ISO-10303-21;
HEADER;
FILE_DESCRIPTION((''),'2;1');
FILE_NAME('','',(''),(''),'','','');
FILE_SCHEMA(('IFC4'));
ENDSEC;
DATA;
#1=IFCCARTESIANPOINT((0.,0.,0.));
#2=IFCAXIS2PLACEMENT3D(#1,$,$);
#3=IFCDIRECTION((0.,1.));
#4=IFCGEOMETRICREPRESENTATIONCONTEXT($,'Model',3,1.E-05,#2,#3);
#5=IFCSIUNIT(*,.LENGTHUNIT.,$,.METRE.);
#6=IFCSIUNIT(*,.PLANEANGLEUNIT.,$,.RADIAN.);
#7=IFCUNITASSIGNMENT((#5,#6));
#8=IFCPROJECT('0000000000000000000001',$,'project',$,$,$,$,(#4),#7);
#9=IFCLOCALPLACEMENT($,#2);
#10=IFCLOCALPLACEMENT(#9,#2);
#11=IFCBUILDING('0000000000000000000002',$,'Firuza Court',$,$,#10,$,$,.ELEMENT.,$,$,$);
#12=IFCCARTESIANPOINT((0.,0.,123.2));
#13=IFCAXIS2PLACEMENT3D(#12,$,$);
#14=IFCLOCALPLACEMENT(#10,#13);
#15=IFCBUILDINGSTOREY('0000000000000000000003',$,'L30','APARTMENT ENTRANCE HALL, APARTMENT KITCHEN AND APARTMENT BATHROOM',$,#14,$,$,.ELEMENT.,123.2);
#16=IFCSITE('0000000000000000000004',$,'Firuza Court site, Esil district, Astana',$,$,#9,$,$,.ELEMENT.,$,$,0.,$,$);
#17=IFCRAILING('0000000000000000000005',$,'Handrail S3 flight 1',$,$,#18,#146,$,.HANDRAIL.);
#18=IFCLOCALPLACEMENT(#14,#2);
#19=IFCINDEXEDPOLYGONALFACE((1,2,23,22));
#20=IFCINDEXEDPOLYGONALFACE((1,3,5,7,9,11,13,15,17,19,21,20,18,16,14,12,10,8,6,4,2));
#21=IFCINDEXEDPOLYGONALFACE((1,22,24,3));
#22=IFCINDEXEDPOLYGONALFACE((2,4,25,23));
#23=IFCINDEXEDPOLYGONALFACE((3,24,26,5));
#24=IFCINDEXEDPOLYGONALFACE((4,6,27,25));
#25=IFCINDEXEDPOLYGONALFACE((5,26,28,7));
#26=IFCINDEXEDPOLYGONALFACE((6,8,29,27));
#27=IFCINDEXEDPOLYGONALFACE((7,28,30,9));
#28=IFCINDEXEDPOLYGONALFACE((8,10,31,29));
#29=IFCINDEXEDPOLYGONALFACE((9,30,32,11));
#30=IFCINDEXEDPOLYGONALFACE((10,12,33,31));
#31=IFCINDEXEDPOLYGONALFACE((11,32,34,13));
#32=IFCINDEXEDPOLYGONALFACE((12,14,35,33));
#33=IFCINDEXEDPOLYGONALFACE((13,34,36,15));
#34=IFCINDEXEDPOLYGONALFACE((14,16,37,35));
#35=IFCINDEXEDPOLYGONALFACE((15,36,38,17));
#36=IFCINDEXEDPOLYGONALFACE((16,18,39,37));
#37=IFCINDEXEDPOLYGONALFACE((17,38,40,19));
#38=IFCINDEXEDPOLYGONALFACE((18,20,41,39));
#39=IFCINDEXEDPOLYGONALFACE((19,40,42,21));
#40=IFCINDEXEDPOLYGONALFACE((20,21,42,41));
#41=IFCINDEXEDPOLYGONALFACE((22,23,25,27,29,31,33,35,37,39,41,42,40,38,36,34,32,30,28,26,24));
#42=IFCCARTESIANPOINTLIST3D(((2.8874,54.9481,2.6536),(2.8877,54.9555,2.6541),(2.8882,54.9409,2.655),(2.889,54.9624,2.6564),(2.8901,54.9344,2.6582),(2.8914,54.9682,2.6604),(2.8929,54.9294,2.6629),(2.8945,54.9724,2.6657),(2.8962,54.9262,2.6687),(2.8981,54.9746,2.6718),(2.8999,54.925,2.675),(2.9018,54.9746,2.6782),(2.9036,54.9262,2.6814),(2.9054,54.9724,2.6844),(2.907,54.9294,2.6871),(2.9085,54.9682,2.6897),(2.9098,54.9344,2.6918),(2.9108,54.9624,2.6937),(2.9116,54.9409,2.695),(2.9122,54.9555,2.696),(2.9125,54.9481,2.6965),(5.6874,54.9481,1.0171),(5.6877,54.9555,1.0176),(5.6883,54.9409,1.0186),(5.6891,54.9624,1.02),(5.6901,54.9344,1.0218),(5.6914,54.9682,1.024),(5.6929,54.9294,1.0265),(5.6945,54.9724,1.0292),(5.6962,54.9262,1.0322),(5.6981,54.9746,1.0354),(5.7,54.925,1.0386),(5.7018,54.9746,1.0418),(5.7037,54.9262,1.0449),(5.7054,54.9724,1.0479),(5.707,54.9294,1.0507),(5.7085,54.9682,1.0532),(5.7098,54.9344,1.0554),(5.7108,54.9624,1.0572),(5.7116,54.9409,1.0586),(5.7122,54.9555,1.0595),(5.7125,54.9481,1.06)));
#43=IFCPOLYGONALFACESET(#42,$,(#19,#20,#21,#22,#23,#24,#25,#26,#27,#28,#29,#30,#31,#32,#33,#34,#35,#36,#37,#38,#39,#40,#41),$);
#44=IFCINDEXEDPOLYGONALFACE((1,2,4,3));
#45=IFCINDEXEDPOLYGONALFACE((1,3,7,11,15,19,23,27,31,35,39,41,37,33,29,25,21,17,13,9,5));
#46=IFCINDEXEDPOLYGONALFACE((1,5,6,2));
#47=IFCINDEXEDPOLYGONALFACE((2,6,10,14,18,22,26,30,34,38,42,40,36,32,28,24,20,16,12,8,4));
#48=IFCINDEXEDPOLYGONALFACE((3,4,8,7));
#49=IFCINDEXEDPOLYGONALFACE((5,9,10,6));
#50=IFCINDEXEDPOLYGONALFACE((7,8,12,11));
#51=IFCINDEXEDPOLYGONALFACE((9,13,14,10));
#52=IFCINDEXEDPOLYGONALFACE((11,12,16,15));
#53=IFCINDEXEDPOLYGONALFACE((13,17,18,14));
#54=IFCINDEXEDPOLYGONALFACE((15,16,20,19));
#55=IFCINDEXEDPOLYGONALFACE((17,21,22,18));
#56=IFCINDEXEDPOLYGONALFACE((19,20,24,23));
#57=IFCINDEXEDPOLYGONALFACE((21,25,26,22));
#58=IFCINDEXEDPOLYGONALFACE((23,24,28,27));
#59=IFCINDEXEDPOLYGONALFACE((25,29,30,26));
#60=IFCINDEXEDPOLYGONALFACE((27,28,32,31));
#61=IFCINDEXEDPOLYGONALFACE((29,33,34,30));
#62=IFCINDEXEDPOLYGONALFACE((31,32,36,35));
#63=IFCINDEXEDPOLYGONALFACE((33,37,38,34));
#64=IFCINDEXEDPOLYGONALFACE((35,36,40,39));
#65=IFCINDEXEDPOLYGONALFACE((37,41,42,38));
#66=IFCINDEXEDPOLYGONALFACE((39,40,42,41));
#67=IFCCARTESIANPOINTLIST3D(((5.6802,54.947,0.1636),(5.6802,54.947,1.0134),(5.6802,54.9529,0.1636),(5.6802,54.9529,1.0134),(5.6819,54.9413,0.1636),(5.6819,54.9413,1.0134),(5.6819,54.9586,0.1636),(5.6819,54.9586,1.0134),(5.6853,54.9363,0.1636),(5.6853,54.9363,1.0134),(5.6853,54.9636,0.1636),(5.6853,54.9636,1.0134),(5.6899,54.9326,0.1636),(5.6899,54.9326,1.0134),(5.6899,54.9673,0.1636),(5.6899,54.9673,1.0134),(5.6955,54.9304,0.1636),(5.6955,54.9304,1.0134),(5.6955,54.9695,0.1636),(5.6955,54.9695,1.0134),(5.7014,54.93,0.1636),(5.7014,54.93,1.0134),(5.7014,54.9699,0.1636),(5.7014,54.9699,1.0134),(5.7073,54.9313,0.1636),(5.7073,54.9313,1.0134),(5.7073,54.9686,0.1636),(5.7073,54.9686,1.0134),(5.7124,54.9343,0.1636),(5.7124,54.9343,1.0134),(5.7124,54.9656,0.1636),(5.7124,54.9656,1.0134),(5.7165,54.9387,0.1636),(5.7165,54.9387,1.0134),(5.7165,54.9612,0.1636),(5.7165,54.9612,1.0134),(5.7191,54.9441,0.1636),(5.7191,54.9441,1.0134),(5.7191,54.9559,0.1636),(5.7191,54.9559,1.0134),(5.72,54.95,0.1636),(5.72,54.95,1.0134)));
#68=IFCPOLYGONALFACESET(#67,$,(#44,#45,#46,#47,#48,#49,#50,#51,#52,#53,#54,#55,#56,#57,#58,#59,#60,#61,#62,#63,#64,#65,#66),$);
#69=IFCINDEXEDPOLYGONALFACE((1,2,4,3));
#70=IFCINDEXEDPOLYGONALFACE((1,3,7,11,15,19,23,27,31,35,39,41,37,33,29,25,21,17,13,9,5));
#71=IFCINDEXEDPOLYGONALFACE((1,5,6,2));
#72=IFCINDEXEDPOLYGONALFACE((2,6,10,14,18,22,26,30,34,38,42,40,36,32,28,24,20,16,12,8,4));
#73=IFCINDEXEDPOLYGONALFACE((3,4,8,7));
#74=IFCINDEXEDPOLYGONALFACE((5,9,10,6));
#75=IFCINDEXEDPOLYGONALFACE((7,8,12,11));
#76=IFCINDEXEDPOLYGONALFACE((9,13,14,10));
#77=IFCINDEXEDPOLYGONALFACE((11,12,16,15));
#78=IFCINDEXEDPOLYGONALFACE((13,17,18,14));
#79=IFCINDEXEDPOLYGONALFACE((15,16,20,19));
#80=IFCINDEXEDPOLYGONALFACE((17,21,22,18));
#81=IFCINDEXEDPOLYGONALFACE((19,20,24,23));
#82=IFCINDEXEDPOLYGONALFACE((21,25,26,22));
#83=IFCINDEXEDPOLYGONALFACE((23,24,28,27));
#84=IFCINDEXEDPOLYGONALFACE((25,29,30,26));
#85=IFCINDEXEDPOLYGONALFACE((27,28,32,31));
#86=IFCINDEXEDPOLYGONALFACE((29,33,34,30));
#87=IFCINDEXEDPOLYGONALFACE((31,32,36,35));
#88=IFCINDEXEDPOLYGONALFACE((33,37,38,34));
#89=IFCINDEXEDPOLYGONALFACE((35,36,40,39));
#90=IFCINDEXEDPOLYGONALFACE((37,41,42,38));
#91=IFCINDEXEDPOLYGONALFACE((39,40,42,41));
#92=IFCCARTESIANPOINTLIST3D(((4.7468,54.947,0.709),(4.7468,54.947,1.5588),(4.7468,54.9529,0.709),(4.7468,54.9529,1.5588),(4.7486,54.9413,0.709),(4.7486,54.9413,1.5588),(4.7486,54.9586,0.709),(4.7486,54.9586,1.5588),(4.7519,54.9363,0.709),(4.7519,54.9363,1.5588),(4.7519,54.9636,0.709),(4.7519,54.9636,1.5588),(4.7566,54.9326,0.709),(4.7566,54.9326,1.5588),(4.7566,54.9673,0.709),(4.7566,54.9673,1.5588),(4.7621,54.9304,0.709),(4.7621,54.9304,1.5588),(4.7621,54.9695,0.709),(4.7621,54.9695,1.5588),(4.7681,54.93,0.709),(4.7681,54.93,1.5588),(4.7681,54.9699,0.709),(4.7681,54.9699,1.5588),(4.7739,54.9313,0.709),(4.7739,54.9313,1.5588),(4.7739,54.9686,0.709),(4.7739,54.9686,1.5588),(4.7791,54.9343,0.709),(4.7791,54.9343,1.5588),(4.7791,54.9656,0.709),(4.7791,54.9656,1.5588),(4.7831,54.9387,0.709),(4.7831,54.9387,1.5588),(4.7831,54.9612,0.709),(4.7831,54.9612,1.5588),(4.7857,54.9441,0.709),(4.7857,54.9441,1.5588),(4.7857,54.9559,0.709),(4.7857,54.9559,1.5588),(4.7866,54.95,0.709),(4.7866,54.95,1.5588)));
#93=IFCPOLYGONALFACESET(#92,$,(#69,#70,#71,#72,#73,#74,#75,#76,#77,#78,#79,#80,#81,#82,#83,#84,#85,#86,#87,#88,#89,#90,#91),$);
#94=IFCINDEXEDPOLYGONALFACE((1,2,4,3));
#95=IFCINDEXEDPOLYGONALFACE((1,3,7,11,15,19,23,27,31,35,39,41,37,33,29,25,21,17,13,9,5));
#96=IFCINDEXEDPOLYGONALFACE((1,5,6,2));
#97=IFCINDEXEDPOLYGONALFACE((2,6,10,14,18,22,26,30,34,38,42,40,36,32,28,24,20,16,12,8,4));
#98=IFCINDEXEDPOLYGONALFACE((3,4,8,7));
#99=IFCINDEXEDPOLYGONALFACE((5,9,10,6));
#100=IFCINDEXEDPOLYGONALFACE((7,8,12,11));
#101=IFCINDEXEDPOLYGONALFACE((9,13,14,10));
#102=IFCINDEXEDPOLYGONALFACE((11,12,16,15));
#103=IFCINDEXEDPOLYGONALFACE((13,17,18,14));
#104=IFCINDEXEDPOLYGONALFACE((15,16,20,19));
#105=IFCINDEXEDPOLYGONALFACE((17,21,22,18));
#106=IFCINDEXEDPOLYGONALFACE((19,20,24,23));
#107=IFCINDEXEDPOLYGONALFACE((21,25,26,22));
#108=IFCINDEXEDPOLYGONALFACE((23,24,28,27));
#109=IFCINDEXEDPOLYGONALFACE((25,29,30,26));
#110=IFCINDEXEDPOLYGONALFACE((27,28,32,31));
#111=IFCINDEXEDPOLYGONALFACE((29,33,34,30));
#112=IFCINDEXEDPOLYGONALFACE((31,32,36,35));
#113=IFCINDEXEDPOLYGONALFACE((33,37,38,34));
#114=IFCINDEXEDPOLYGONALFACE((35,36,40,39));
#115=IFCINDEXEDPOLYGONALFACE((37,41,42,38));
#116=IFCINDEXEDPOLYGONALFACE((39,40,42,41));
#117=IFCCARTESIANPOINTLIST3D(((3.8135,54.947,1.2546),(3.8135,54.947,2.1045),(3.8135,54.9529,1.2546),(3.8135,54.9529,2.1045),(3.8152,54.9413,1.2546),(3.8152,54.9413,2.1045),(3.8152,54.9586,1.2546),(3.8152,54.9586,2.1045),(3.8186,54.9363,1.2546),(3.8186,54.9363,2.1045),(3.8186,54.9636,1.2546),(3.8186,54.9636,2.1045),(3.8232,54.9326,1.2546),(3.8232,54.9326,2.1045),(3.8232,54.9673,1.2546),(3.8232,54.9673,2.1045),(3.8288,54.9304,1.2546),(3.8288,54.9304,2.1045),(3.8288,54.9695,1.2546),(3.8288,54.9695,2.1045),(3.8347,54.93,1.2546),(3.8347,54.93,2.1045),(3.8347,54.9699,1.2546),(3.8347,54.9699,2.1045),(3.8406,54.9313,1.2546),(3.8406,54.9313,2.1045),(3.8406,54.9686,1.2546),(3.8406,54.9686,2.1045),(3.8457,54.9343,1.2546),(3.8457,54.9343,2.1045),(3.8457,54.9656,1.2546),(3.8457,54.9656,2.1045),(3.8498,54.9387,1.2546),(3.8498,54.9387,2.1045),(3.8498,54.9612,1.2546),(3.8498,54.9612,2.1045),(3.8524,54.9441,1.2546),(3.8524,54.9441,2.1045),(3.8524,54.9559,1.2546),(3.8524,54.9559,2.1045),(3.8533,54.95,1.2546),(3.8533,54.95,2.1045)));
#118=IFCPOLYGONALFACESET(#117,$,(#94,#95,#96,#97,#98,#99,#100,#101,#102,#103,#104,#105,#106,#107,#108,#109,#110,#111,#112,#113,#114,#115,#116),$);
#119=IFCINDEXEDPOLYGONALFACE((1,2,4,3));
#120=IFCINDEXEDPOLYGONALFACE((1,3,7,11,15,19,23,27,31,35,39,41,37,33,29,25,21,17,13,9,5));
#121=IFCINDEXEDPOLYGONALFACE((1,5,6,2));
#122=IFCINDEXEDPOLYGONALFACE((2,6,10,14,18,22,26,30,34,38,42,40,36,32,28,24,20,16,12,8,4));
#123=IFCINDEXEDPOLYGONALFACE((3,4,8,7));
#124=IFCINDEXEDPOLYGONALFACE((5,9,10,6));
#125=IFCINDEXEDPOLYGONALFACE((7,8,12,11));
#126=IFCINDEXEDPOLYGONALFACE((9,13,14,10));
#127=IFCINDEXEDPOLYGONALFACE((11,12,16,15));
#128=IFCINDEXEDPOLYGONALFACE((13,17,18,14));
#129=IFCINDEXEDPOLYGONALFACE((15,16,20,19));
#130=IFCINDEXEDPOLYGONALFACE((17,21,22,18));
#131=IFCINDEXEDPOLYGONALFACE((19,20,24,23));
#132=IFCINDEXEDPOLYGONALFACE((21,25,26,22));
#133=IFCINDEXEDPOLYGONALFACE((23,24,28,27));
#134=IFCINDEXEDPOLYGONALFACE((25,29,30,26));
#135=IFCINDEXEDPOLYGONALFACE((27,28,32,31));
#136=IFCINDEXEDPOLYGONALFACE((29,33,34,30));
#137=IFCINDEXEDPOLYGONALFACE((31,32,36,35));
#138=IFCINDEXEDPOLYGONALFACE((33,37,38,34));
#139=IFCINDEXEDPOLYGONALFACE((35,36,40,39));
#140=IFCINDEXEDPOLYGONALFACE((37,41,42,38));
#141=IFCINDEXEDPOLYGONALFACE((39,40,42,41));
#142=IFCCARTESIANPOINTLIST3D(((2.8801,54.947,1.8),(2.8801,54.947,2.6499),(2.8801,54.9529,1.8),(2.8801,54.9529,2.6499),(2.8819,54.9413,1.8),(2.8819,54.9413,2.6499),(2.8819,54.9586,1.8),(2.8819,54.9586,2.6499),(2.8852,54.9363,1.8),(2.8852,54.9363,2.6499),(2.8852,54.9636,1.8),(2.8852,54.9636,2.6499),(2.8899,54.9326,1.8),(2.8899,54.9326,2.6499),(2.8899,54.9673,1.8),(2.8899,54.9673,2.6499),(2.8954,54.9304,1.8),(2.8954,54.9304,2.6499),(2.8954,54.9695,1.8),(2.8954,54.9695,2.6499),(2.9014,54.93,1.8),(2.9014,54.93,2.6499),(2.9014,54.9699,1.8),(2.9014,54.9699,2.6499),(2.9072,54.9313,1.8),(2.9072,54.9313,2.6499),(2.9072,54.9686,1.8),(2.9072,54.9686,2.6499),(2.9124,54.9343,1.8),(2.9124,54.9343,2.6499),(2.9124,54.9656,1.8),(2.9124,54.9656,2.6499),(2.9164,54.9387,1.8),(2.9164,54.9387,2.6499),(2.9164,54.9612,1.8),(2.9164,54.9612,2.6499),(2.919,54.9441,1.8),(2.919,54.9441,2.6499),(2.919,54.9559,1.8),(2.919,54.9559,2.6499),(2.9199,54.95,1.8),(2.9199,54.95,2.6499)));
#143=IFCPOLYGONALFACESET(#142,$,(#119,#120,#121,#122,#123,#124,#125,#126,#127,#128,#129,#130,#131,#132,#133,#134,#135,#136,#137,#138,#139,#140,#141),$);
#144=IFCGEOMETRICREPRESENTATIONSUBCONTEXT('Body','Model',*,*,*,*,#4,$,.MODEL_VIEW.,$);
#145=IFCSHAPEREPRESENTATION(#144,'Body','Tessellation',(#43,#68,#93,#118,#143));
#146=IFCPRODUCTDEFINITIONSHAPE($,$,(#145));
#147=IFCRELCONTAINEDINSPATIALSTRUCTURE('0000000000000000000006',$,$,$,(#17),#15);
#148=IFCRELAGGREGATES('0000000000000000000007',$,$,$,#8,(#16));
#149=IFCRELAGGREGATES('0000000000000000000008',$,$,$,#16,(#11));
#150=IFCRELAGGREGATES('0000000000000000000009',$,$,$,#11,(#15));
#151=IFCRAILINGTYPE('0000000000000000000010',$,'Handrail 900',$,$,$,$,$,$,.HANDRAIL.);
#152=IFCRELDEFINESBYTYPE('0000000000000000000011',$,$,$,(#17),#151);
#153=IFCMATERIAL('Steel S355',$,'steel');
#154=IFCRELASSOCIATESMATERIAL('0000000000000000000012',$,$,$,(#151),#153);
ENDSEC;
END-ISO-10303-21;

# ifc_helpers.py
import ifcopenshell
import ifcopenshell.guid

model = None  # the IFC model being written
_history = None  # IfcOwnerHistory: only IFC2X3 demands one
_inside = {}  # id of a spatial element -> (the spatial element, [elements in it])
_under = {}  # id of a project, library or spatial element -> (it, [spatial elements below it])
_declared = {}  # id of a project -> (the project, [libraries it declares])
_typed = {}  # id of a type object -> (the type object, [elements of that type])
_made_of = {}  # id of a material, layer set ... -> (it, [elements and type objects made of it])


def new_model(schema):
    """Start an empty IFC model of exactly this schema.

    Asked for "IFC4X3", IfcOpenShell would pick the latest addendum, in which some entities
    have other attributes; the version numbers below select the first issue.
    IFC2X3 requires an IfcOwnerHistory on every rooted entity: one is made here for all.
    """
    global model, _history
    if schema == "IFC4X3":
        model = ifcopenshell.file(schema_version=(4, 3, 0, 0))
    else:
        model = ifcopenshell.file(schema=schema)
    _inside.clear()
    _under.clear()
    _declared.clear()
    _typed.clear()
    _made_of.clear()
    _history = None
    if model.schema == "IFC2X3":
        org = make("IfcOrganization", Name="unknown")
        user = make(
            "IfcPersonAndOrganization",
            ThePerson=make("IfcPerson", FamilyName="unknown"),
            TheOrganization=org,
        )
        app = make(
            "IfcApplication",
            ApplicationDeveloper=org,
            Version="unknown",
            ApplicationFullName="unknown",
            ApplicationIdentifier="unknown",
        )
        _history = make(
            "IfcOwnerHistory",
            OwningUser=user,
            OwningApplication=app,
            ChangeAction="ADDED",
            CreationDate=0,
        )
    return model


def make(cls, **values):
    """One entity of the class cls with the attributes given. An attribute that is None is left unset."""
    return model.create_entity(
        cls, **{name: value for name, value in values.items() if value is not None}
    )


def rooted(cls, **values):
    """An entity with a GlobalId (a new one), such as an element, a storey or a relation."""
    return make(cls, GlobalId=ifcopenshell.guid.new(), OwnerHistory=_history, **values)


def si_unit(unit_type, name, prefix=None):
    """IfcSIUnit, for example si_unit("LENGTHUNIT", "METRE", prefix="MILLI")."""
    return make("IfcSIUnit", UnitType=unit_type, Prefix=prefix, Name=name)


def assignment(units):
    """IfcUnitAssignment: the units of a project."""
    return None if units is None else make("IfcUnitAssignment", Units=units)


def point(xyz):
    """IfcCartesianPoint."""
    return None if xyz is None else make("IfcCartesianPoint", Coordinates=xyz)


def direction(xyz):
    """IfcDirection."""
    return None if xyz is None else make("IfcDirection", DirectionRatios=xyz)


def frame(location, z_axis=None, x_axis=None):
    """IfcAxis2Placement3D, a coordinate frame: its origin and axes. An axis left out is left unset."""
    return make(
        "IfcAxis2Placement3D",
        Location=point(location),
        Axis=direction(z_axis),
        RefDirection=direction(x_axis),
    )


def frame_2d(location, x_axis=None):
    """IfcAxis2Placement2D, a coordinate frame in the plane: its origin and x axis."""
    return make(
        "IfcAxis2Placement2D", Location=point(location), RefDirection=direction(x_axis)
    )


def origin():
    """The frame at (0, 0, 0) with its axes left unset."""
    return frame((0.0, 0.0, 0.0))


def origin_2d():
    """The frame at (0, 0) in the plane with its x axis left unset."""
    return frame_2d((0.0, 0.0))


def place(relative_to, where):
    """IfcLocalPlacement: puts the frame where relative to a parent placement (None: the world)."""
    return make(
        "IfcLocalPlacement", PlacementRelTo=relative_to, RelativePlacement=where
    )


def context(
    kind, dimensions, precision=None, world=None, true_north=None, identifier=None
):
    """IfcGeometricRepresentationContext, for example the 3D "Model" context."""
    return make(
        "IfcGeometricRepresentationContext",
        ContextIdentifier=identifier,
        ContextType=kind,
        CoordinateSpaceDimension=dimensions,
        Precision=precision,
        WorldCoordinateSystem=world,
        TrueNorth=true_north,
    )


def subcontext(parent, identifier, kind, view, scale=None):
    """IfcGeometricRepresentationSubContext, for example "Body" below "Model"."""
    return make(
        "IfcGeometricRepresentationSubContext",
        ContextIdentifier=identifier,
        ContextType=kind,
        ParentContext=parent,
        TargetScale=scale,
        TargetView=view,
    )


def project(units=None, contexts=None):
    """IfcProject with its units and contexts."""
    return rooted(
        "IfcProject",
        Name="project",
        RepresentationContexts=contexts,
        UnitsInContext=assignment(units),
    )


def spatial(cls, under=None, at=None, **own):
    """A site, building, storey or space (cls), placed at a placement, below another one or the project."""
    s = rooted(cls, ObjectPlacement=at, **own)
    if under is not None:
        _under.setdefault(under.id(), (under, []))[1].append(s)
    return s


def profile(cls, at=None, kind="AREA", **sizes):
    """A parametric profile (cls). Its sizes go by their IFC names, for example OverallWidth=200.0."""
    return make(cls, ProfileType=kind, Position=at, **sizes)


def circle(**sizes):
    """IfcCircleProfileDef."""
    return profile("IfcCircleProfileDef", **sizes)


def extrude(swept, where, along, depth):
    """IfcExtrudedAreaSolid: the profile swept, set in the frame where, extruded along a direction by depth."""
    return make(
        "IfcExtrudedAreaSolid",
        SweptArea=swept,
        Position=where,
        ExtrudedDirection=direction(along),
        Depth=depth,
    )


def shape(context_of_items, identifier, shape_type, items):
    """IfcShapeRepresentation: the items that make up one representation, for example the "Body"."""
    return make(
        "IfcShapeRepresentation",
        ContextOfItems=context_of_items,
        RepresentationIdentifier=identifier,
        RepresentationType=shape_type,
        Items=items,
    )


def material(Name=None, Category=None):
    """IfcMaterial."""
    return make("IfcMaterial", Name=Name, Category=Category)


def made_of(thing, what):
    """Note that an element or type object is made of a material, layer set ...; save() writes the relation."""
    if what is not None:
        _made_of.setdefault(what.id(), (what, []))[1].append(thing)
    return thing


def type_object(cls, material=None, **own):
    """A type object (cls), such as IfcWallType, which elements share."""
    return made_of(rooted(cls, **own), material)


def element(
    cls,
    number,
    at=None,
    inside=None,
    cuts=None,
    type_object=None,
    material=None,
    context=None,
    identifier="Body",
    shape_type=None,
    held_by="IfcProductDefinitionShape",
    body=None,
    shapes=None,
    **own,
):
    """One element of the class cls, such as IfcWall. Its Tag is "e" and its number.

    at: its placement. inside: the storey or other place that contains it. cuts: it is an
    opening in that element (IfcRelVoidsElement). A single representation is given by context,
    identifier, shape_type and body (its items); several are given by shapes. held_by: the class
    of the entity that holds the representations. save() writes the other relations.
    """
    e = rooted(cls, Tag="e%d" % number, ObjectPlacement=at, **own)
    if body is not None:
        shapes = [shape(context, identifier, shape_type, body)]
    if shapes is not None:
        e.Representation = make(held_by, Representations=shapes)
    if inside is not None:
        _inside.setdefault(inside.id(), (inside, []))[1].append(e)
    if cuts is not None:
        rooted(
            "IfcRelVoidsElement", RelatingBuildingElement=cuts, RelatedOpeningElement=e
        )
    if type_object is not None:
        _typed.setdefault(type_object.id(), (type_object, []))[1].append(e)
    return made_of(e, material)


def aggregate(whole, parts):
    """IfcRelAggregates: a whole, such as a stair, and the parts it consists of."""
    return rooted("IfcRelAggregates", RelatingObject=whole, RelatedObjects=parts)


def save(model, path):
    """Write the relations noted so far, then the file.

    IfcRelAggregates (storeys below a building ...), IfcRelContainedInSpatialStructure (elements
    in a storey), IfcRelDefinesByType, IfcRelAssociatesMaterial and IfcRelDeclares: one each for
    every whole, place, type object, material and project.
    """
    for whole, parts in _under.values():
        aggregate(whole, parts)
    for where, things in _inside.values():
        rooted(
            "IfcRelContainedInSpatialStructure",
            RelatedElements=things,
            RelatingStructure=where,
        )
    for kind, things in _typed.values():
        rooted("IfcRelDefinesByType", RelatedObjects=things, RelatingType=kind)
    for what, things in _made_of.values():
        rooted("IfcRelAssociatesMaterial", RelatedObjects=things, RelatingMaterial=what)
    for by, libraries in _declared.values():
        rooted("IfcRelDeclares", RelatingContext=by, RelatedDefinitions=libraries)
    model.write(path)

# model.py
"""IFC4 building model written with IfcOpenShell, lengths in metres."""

from ifc_helpers import new_model, si_unit, direction, frame, origin, origin_2d, place, context, subcontext, project, spatial, circle, extrude, material, type_object, element, save


model = new_model("IFC4")

# Units and contexts
model_context = context("Model", 3, precision=1e-05, world=origin(), true_north=direction((0.0, 1.0)))
body_context = subcontext(model_context, "Body", "Model", "MODEL_VIEW")
ifc_project = project(units=[si_unit("LENGTHUNIT", "METRE"), si_unit("PLANEANGLEUNIT", "RADIAN")], contexts=[model_context])

# Site, building, storey
site_placement = place(None, origin())
site = spatial("IfcSite", under=ifc_project, at=site_placement, Name="Firuza Court site, Esil district, Astana", CompositionType="ELEMENT", RefElevation=0.0)
building_placement = place(site_placement, origin())
building = spatial("IfcBuilding", under=site, at=building_placement, Name="Firuza Court", CompositionType="ELEMENT")
storey_placement = place(building_placement, frame((0.0, 0.0, 123.2)))
storey = spatial("IfcBuildingStorey", under=building, at=storey_placement, Name="L30", Description="APARTMENT ENTRANCE HALL, APARTMENT KITCHEN AND APARTMENT BATHROOM", CompositionType="ELEMENT", Elevation=123.2)

# Railing
ifc_material_1 = material(Name="Steel S355", Category="steel")
railing_type_1 = type_object("IfcRailingType", Name="Handrail 900", PredefinedType="HANDRAIL", material=ifc_material_1)
railing_1_placement = place(storey_placement, frame((5.7, 54.95, 0.1636)))
element("IfcRailing", 1, at=railing_1_placement, inside=storey, type_object=railing_type_1, Name="Handrail S3 flight 1", PredefinedType="HANDRAIL", context=body_context, shape_type="SweptSolid", body=[
    extrude(circle(Radius=0.0249, at=origin_2d()), frame((0.0, 0.0, 0.875), z_axis=(-0.863361, 0.0, 0.504587), x_axis=(0.0, -1.0, 0.0)), (0.0, 0.0, 1.0), 3.2432),
    extrude(circle(Radius=0.02, at=origin_2d()), origin(), (0.0, 0.0, 1.0), 0.8499),
    extrude(circle(Radius=0.02, at=origin_2d()), frame((-0.9333, 0.0, 0.5454)), (0.0, 0.0, 1.0), 0.8499),
    extrude(circle(Radius=0.02, at=origin_2d()), frame((-1.8667, 0.0, 1.0911)), (0.0, 0.0, 1.0), 0.8499),
    extrude(circle(Radius=0.02, at=origin_2d()), frame((-2.8, 0.0, 1.6365)), (0.0, 0.0, 1.0), 0.8499),
])

save(model, "model.ifc")
